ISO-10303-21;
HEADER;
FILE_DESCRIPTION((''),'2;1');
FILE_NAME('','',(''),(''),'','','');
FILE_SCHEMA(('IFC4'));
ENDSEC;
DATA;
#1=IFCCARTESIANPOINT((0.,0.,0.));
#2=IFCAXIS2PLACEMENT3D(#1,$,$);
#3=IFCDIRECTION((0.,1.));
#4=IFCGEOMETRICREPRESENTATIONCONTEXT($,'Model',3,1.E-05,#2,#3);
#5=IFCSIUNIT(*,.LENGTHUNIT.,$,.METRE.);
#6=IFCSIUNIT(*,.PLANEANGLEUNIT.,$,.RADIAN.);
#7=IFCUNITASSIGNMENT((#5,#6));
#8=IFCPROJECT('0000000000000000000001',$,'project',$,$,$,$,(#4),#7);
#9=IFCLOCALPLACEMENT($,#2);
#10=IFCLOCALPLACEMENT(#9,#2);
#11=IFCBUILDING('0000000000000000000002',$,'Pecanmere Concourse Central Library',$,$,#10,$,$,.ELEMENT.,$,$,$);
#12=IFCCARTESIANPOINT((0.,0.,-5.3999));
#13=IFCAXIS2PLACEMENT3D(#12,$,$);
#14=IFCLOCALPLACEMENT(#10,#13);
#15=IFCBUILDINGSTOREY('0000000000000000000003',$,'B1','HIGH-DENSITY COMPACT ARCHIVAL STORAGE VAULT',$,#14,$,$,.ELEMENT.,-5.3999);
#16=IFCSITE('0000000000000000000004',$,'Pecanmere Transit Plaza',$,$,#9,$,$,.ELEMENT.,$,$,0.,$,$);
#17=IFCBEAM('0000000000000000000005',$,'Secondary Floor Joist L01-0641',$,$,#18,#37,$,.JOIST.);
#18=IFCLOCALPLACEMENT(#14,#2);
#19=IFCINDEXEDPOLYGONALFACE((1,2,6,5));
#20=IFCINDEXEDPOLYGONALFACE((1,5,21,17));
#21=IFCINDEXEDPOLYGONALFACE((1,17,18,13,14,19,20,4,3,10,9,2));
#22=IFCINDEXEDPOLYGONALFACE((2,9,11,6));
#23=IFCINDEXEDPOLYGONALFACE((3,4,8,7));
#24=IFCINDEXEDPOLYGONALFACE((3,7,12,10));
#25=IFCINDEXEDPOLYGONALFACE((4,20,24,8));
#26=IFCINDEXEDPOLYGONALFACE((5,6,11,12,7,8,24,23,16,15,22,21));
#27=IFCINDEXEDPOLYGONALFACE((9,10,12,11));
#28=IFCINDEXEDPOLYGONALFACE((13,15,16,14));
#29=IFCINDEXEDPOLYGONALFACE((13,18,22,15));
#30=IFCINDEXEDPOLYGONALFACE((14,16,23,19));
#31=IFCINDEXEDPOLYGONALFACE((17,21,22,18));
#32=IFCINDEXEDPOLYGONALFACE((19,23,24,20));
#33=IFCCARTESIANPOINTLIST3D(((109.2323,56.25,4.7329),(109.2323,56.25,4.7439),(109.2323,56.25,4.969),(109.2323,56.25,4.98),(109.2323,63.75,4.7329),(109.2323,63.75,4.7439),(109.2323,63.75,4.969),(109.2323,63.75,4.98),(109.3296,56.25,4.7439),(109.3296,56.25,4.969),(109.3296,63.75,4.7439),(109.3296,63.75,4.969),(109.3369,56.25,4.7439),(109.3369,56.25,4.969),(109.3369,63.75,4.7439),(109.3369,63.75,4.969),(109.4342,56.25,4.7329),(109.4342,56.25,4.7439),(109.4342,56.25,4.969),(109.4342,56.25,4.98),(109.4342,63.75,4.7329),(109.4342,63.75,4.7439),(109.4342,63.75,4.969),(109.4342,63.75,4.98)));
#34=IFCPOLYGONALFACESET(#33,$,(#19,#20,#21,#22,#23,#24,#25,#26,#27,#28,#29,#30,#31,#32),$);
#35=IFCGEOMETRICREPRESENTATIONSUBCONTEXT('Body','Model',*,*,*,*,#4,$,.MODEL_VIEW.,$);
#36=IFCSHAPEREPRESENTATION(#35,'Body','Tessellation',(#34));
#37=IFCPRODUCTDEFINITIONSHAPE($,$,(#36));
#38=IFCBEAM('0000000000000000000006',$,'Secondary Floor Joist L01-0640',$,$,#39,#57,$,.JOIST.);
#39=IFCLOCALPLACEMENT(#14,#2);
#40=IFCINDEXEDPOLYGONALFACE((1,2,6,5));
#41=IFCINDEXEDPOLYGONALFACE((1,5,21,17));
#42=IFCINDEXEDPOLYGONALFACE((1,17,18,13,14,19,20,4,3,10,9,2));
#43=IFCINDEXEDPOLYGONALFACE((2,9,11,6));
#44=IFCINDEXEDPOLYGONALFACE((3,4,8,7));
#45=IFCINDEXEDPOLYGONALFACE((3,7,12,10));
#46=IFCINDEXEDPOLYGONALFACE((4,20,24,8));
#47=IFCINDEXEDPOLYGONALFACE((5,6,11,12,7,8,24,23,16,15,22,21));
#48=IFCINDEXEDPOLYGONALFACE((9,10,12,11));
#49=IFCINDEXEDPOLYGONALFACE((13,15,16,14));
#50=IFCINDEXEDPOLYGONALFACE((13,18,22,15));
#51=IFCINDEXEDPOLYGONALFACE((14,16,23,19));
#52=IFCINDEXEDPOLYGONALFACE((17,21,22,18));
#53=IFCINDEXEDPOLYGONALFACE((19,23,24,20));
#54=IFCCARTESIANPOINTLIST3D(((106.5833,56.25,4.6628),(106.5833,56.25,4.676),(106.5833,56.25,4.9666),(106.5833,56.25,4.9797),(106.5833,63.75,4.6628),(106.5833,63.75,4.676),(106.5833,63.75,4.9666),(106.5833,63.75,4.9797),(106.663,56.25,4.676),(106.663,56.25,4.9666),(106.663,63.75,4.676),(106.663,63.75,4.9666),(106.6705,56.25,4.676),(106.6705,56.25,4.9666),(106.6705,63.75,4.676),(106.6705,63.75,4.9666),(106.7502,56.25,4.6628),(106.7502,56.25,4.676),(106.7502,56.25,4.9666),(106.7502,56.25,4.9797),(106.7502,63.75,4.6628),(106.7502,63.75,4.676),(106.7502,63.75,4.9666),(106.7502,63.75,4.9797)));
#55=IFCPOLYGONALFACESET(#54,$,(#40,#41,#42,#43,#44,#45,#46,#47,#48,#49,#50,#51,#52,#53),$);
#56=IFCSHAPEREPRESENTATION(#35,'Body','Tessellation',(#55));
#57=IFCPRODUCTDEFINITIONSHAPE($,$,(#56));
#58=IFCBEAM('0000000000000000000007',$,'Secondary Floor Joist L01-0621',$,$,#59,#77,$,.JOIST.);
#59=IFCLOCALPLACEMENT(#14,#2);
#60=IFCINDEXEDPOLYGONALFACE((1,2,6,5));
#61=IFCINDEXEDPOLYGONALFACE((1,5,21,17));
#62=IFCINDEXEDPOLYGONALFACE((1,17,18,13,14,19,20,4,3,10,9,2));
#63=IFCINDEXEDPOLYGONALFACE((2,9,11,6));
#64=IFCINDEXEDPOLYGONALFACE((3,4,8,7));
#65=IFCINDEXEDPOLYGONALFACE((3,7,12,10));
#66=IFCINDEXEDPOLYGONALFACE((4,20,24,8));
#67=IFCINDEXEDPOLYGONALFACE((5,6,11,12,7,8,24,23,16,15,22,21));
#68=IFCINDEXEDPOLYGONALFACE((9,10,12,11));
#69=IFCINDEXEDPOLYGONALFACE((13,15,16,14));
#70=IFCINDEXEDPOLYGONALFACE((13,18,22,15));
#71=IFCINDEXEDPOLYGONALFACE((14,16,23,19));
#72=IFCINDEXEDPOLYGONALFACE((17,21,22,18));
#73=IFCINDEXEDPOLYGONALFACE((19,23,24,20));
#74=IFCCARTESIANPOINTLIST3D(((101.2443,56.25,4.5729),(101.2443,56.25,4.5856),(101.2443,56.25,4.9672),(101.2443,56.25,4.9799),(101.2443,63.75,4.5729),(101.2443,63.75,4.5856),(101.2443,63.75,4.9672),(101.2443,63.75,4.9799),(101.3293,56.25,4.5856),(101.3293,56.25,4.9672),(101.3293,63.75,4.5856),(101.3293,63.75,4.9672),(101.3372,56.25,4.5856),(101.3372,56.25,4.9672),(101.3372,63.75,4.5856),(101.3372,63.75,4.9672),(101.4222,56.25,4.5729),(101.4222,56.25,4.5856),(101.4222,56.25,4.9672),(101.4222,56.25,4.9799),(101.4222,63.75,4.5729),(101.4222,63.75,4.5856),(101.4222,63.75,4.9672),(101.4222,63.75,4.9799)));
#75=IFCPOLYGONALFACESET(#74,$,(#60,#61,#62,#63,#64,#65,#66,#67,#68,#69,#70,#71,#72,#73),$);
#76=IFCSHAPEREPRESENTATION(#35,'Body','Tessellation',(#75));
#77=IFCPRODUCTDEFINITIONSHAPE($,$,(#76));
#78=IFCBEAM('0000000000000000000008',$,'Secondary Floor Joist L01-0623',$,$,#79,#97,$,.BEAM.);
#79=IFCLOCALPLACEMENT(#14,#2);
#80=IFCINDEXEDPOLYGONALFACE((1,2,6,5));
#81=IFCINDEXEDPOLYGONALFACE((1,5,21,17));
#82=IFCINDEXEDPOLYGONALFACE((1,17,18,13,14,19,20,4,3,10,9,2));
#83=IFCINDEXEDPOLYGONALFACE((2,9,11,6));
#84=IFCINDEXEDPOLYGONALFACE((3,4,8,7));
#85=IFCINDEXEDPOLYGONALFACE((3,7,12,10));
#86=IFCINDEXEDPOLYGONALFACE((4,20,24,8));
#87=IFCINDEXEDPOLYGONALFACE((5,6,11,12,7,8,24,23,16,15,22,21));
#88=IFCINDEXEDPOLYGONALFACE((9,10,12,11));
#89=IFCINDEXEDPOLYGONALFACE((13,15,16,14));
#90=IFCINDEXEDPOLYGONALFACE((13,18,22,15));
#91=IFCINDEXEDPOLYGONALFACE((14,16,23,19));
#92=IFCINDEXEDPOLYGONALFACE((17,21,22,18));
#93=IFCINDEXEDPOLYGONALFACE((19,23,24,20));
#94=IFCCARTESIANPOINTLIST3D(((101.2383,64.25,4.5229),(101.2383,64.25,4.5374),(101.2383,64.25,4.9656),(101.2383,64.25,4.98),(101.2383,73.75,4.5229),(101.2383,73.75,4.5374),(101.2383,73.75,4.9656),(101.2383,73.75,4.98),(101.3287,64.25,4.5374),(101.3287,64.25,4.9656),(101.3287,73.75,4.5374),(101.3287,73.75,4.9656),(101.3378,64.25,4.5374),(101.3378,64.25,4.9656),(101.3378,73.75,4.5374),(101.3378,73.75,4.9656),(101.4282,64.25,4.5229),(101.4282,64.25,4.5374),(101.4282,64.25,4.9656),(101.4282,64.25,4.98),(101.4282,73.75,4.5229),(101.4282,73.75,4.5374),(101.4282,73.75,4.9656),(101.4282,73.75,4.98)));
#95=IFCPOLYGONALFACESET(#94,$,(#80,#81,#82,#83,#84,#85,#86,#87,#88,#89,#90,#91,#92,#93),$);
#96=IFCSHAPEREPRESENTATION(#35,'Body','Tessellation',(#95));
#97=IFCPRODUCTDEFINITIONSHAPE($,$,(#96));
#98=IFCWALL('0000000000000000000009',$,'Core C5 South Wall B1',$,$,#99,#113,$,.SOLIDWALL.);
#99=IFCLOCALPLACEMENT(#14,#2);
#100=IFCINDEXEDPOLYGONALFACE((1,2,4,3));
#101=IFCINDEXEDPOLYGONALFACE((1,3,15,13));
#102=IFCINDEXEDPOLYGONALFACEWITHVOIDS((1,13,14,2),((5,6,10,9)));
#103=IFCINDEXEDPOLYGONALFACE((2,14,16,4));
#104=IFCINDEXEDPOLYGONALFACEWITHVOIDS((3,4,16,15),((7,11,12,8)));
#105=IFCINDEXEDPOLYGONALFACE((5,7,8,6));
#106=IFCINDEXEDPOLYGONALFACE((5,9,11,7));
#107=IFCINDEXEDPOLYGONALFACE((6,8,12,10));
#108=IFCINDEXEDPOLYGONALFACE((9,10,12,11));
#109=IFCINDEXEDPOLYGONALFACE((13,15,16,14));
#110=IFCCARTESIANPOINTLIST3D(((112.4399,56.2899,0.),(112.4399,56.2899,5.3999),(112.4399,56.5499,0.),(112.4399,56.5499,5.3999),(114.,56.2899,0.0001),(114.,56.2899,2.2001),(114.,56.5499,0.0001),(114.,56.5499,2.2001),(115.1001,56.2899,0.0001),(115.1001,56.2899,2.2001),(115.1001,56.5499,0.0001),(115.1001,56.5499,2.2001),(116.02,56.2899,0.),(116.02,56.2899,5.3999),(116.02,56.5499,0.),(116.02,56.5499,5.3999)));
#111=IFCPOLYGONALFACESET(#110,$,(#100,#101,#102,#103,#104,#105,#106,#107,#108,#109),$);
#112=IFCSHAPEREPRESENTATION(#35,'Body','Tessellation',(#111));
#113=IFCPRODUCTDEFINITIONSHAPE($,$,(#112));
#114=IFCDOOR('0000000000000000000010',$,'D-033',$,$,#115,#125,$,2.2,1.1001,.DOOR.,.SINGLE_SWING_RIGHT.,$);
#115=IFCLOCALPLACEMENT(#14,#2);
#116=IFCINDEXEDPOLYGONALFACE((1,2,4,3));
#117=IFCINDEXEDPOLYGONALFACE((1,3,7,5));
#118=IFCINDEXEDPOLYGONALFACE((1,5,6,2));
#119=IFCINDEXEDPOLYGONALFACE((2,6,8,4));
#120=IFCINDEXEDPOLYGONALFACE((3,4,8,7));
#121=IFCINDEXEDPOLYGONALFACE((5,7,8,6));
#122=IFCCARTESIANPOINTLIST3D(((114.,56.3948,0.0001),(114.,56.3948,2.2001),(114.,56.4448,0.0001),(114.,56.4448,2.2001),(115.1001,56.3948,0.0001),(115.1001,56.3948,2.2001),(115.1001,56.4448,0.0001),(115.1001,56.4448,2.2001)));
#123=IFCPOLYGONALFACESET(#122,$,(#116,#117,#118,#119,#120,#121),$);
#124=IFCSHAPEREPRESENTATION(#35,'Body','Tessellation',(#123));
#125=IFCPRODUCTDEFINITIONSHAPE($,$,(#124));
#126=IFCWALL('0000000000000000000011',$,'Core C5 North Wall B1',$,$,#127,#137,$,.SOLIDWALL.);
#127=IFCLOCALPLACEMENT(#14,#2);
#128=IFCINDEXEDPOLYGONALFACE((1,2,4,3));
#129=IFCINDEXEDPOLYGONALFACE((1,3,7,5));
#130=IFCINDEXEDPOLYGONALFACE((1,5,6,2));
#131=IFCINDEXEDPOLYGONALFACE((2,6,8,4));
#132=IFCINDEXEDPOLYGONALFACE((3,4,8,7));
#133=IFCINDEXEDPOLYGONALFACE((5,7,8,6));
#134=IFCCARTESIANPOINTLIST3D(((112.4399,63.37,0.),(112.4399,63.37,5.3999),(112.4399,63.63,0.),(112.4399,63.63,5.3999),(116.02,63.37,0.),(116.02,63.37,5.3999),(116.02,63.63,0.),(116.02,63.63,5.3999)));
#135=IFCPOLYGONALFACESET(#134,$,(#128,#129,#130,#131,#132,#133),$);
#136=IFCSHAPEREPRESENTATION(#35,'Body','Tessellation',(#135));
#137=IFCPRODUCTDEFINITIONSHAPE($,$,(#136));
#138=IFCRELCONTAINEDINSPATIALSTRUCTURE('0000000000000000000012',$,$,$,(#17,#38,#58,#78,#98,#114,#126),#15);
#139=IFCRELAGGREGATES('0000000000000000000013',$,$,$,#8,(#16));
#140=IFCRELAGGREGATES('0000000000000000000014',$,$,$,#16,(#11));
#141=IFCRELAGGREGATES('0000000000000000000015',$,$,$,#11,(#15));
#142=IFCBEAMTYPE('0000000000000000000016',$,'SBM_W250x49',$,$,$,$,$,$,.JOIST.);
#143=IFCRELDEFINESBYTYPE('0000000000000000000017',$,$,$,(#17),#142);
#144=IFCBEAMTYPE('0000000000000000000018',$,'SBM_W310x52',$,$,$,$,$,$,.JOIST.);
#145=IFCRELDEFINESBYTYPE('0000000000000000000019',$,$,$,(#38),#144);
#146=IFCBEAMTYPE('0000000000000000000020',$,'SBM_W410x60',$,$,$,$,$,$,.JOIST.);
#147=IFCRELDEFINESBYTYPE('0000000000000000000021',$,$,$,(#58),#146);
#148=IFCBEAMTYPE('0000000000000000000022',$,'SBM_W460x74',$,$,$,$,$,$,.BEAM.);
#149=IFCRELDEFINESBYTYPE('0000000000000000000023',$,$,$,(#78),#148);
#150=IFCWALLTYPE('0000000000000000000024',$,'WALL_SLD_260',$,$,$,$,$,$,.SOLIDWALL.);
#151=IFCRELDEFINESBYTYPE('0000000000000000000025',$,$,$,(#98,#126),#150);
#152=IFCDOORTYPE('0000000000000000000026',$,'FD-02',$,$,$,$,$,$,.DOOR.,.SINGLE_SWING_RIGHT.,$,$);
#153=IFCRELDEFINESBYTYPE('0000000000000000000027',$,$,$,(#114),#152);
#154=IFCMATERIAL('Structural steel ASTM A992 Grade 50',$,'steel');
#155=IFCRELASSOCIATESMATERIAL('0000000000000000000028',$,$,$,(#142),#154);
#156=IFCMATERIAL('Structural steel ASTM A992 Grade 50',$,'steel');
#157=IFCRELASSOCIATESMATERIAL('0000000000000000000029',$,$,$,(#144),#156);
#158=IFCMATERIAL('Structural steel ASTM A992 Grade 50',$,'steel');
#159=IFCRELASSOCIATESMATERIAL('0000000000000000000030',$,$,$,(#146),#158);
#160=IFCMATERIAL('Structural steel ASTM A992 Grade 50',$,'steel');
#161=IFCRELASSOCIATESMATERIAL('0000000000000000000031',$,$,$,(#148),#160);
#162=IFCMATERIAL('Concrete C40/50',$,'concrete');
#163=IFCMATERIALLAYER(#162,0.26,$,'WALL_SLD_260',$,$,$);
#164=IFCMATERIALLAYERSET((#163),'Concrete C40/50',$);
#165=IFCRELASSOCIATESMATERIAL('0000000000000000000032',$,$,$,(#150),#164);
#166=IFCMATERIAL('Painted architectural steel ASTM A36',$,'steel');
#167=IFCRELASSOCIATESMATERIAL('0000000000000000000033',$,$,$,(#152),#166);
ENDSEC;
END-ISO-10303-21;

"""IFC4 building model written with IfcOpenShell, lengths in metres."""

from ifc_helpers import new_model, si_unit, direction, frame, frame_2d, origin, origin_2d, place, context, subcontext, project, spatial, rectangle, i_section, extrude, material, layer, layer_set, material_profile, profile_set, type_object, element, fill, save


model = new_model("IFC4")

# Units and contexts
model_context = context("Model", 3, precision=1e-05, world=origin(), true_north=direction((0.0, 1.0)))
body_context = subcontext(model_context, "Body", "Model", "MODEL_VIEW")
ifc_project = project(units=[si_unit("LENGTHUNIT", "METRE"), si_unit("PLANEANGLEUNIT", "RADIAN")], contexts=[model_context])

# Site, building, storey
site_placement = place(None, origin())
site = spatial("IfcSite", under=ifc_project, at=site_placement, Name="Pecanmere Transit Plaza", CompositionType="ELEMENT", RefElevation=0.0)
building_placement = place(site_placement, origin())
building = spatial("IfcBuilding", under=site, at=building_placement, Name="Pecanmere Concourse Central Library", CompositionType="ELEMENT")
storey_placement = place(building_placement, frame((0.0, 0.0, -5.3999)))
storey = spatial("IfcBuildingStorey", under=building, at=storey_placement, Name="B1", Description="HIGH-DENSITY COMPACT ARCHIVAL STORAGE VAULT", CompositionType="ELEMENT", Elevation=-5.3999)

# Beams
ifc_material_1 = material(Name="Structural steel ASTM A992 Grade 50", Category="steel")
ifc_material_profile_1 = material_profile(ifc_material_1, i_section(OverallWidth=0.2019, OverallDepth=0.2471, WebThickness=0.0073, FlangeThickness=0.011, at=origin_2d()), Name="W250x49.1")
ifc_profile_set_1 = profile_set([ifc_material_profile_1], Name="Structural steel ASTM A992 Grade 50")
beam_type_1 = type_object("IfcBeamType", Name="SBM_W250x49", PredefinedType="JOIST", material=ifc_profile_set_1)
beam_1_placement = place(storey_placement, frame((109.3333, 56.25, 4.8564), z_axis=(0.0, 1.0, 0.0), x_axis=(-1.0, 0.0, 0.0)))
element("IfcBeam", 1, at=beam_1_placement, inside=storey, type_object=beam_type_1, Name="Secondary Floor Joist L01-0641", PredefinedType="JOIST", context=body_context, shape_type="SweptSolid", body=[
    extrude(i_section(OverallWidth=0.2019, OverallDepth=0.2471, WebThickness=0.0073, FlangeThickness=0.011, at=origin_2d()), origin(), (0.0, 0.0, 1.0), 7.5),
])
ifc_material_2 = material(Name="Structural steel ASTM A992 Grade 50", Category="steel")
ifc_material_profile_2 = material_profile(ifc_material_2, i_section(OverallWidth=0.167, OverallDepth=0.3169, WebThickness=0.0076, FlangeThickness=0.0132, at=origin_2d()), Name="W310x52")
ifc_profile_set_2 = profile_set([ifc_material_profile_2], Name="Structural steel ASTM A992 Grade 50")
beam_type_2 = type_object("IfcBeamType", Name="SBM_W310x52", PredefinedType="JOIST", material=ifc_profile_set_2)
beam_2_placement = place(storey_placement, frame((106.6667, 56.25, 4.8213), z_axis=(0.0, 1.0, 0.0), x_axis=(-1.0, 0.0, 0.0)))
element("IfcBeam", 2, at=beam_2_placement, inside=storey, type_object=beam_type_2, Name="Secondary Floor Joist L01-0640", PredefinedType="JOIST", context=body_context, shape_type="SweptSolid", body=[
    extrude(i_section(OverallWidth=0.167, OverallDepth=0.3169, WebThickness=0.0076, FlangeThickness=0.0132, at=origin_2d()), origin(), (0.0, 0.0, 1.0), 7.5),
])
ifc_material_3 = material(Name="Structural steel ASTM A992 Grade 50", Category="steel")
ifc_material_profile_3 = material_profile(ifc_material_3, i_section(OverallWidth=0.178, OverallDepth=0.407, WebThickness=0.0078, FlangeThickness=0.0127, at=origin_2d()), Name="W410x60")
ifc_profile_set_3 = profile_set([ifc_material_profile_3], Name="Structural steel ASTM A992 Grade 50")
beam_type_3 = type_object("IfcBeamType", Name="SBM_W410x60", PredefinedType="JOIST", material=ifc_profile_set_3)
beam_3_placement = place(storey_placement, frame((101.3333, 56.25, 4.7764), z_axis=(0.0, 1.0, 0.0), x_axis=(-1.0, 0.0, 0.0)))
element("IfcBeam", 3, at=beam_3_placement, inside=storey, type_object=beam_type_3, Name="Secondary Floor Joist L01-0621", PredefinedType="JOIST", context=body_context, shape_type="SweptSolid", body=[
    extrude(i_section(OverallWidth=0.178, OverallDepth=0.407, WebThickness=0.0078, FlangeThickness=0.0127, at=origin_2d()), origin(), (0.0, 0.0, 1.0), 7.5),
])
ifc_material_4 = material(Name="Structural steel ASTM A992 Grade 50", Category="steel")
ifc_material_profile_4 = material_profile(ifc_material_4, i_section(OverallWidth=0.1899, OverallDepth=0.457, WebThickness=0.009, FlangeThickness=0.0144, at=origin_2d()), Name="W460x74")
ifc_profile_set_4 = profile_set([ifc_material_profile_4], Name="Structural steel ASTM A992 Grade 50")
beam_type_4 = type_object("IfcBeamType", Name="SBM_W460x74", PredefinedType="BEAM", material=ifc_profile_set_4)
beam_4_placement = place(storey_placement, frame((101.3333, 64.25, 4.7515), z_axis=(0.0, 1.0, 0.0), x_axis=(-1.0, 0.0, 0.0)))
element("IfcBeam", 4, at=beam_4_placement, inside=storey, type_object=beam_type_4, Name="Secondary Floor Joist L01-0623", PredefinedType="BEAM", context=body_context, shape_type="SweptSolid", body=[
    extrude(i_section(OverallWidth=0.1899, OverallDepth=0.457, WebThickness=0.009, FlangeThickness=0.0144, at=origin_2d()), origin(), (0.0, 0.0, 1.0), 9.5),
])

# Wall, opening, door
ifc_material_5 = material(Name="Concrete C40/50", Category="concrete")
ifc_layer = layer(ifc_material_5, 0.26, Name="WALL_SLD_260")
ifc_layer_set = layer_set([ifc_layer], Name="Concrete C40/50")
wall_type = type_object("IfcWallType", Name="WALL_SLD_260", PredefinedType="SOLIDWALL", material=ifc_layer_set)
wall_1_placement = place(storey_placement, frame((112.4399, 56.4199, 0.0), z_axis=(0.0, 0.0, 1.0), x_axis=(1.0, 0.0, 0.0)))
wall_1 = element("IfcWall", 5, at=wall_1_placement, inside=storey, type_object=wall_type, Name="Core C5 South Wall B1", PredefinedType="SOLIDWALL", context=body_context, shape_type="SweptSolid", body=[
    extrude(rectangle(XDim=3.5801, YDim=0.26, at=frame_2d((1.79, 0.0))), origin(), (0.0, 0.0, 1.0), 5.3999),
])
opening_placement = place(wall_1_placement, frame((1.5601, 0.0, 0.0)))
opening = element("IfcOpeningElement", 6, at=opening_placement, cuts=wall_1, PredefinedType="OPENING", context=body_context, shape_type="SweptSolid", body=[
    extrude(rectangle(XDim=1.1001, YDim=2.2, at=frame_2d((0.55, 1.1001))), frame((0.0, 0.1421, 0.0), z_axis=(0.0, -1.0, 0.0), x_axis=(1.0, 0.0, 0.0)), (0.0, 0.0, 1.0), 0.2839),
])
ifc_material_6 = material(Name="Painted architectural steel ASTM A36", Category="steel")
door_type = type_object("IfcDoorType", Name="FD-02", OperationType="SINGLE_SWING_RIGHT", PredefinedType="DOOR", material=ifc_material_6)
door_placement = place(opening_placement, origin())
door = element("IfcDoor", 7, at=door_placement, inside=storey, type_object=door_type, Name="D-033", OperationType="SINGLE_SWING_RIGHT", OverallHeight=2.2, OverallWidth=1.1001, PredefinedType="DOOR", context=body_context, shape_type="SweptSolid", body=[
    extrude(rectangle(XDim=1.1001, YDim=2.2, at=frame_2d((0.55, 1.1001))), frame((0.0, 0.0249, 0.0), z_axis=(0.0, -1.0, 0.0), x_axis=(1.0, 0.0, 0.0)), (0.0, 0.0, 1.0), 0.05),
])
fill(opening, door)

# Wall
wall_2_placement = place(storey_placement, frame((112.4399, 63.5, 0.0), z_axis=(0.0, 0.0, 1.0), x_axis=(1.0, 0.0, 0.0)))
element("IfcWall", 8, at=wall_2_placement, inside=storey, type_object=wall_type, Name="Core C5 North Wall B1", PredefinedType="SOLIDWALL", context=body_context, shape_type="SweptSolid", body=[
    extrude(rectangle(XDim=3.5801, YDim=0.26, at=frame_2d((1.79, 0.0))), origin(), (0.0, 0.0, 1.0), 5.3999),
])

save(model, "model.ifc")
